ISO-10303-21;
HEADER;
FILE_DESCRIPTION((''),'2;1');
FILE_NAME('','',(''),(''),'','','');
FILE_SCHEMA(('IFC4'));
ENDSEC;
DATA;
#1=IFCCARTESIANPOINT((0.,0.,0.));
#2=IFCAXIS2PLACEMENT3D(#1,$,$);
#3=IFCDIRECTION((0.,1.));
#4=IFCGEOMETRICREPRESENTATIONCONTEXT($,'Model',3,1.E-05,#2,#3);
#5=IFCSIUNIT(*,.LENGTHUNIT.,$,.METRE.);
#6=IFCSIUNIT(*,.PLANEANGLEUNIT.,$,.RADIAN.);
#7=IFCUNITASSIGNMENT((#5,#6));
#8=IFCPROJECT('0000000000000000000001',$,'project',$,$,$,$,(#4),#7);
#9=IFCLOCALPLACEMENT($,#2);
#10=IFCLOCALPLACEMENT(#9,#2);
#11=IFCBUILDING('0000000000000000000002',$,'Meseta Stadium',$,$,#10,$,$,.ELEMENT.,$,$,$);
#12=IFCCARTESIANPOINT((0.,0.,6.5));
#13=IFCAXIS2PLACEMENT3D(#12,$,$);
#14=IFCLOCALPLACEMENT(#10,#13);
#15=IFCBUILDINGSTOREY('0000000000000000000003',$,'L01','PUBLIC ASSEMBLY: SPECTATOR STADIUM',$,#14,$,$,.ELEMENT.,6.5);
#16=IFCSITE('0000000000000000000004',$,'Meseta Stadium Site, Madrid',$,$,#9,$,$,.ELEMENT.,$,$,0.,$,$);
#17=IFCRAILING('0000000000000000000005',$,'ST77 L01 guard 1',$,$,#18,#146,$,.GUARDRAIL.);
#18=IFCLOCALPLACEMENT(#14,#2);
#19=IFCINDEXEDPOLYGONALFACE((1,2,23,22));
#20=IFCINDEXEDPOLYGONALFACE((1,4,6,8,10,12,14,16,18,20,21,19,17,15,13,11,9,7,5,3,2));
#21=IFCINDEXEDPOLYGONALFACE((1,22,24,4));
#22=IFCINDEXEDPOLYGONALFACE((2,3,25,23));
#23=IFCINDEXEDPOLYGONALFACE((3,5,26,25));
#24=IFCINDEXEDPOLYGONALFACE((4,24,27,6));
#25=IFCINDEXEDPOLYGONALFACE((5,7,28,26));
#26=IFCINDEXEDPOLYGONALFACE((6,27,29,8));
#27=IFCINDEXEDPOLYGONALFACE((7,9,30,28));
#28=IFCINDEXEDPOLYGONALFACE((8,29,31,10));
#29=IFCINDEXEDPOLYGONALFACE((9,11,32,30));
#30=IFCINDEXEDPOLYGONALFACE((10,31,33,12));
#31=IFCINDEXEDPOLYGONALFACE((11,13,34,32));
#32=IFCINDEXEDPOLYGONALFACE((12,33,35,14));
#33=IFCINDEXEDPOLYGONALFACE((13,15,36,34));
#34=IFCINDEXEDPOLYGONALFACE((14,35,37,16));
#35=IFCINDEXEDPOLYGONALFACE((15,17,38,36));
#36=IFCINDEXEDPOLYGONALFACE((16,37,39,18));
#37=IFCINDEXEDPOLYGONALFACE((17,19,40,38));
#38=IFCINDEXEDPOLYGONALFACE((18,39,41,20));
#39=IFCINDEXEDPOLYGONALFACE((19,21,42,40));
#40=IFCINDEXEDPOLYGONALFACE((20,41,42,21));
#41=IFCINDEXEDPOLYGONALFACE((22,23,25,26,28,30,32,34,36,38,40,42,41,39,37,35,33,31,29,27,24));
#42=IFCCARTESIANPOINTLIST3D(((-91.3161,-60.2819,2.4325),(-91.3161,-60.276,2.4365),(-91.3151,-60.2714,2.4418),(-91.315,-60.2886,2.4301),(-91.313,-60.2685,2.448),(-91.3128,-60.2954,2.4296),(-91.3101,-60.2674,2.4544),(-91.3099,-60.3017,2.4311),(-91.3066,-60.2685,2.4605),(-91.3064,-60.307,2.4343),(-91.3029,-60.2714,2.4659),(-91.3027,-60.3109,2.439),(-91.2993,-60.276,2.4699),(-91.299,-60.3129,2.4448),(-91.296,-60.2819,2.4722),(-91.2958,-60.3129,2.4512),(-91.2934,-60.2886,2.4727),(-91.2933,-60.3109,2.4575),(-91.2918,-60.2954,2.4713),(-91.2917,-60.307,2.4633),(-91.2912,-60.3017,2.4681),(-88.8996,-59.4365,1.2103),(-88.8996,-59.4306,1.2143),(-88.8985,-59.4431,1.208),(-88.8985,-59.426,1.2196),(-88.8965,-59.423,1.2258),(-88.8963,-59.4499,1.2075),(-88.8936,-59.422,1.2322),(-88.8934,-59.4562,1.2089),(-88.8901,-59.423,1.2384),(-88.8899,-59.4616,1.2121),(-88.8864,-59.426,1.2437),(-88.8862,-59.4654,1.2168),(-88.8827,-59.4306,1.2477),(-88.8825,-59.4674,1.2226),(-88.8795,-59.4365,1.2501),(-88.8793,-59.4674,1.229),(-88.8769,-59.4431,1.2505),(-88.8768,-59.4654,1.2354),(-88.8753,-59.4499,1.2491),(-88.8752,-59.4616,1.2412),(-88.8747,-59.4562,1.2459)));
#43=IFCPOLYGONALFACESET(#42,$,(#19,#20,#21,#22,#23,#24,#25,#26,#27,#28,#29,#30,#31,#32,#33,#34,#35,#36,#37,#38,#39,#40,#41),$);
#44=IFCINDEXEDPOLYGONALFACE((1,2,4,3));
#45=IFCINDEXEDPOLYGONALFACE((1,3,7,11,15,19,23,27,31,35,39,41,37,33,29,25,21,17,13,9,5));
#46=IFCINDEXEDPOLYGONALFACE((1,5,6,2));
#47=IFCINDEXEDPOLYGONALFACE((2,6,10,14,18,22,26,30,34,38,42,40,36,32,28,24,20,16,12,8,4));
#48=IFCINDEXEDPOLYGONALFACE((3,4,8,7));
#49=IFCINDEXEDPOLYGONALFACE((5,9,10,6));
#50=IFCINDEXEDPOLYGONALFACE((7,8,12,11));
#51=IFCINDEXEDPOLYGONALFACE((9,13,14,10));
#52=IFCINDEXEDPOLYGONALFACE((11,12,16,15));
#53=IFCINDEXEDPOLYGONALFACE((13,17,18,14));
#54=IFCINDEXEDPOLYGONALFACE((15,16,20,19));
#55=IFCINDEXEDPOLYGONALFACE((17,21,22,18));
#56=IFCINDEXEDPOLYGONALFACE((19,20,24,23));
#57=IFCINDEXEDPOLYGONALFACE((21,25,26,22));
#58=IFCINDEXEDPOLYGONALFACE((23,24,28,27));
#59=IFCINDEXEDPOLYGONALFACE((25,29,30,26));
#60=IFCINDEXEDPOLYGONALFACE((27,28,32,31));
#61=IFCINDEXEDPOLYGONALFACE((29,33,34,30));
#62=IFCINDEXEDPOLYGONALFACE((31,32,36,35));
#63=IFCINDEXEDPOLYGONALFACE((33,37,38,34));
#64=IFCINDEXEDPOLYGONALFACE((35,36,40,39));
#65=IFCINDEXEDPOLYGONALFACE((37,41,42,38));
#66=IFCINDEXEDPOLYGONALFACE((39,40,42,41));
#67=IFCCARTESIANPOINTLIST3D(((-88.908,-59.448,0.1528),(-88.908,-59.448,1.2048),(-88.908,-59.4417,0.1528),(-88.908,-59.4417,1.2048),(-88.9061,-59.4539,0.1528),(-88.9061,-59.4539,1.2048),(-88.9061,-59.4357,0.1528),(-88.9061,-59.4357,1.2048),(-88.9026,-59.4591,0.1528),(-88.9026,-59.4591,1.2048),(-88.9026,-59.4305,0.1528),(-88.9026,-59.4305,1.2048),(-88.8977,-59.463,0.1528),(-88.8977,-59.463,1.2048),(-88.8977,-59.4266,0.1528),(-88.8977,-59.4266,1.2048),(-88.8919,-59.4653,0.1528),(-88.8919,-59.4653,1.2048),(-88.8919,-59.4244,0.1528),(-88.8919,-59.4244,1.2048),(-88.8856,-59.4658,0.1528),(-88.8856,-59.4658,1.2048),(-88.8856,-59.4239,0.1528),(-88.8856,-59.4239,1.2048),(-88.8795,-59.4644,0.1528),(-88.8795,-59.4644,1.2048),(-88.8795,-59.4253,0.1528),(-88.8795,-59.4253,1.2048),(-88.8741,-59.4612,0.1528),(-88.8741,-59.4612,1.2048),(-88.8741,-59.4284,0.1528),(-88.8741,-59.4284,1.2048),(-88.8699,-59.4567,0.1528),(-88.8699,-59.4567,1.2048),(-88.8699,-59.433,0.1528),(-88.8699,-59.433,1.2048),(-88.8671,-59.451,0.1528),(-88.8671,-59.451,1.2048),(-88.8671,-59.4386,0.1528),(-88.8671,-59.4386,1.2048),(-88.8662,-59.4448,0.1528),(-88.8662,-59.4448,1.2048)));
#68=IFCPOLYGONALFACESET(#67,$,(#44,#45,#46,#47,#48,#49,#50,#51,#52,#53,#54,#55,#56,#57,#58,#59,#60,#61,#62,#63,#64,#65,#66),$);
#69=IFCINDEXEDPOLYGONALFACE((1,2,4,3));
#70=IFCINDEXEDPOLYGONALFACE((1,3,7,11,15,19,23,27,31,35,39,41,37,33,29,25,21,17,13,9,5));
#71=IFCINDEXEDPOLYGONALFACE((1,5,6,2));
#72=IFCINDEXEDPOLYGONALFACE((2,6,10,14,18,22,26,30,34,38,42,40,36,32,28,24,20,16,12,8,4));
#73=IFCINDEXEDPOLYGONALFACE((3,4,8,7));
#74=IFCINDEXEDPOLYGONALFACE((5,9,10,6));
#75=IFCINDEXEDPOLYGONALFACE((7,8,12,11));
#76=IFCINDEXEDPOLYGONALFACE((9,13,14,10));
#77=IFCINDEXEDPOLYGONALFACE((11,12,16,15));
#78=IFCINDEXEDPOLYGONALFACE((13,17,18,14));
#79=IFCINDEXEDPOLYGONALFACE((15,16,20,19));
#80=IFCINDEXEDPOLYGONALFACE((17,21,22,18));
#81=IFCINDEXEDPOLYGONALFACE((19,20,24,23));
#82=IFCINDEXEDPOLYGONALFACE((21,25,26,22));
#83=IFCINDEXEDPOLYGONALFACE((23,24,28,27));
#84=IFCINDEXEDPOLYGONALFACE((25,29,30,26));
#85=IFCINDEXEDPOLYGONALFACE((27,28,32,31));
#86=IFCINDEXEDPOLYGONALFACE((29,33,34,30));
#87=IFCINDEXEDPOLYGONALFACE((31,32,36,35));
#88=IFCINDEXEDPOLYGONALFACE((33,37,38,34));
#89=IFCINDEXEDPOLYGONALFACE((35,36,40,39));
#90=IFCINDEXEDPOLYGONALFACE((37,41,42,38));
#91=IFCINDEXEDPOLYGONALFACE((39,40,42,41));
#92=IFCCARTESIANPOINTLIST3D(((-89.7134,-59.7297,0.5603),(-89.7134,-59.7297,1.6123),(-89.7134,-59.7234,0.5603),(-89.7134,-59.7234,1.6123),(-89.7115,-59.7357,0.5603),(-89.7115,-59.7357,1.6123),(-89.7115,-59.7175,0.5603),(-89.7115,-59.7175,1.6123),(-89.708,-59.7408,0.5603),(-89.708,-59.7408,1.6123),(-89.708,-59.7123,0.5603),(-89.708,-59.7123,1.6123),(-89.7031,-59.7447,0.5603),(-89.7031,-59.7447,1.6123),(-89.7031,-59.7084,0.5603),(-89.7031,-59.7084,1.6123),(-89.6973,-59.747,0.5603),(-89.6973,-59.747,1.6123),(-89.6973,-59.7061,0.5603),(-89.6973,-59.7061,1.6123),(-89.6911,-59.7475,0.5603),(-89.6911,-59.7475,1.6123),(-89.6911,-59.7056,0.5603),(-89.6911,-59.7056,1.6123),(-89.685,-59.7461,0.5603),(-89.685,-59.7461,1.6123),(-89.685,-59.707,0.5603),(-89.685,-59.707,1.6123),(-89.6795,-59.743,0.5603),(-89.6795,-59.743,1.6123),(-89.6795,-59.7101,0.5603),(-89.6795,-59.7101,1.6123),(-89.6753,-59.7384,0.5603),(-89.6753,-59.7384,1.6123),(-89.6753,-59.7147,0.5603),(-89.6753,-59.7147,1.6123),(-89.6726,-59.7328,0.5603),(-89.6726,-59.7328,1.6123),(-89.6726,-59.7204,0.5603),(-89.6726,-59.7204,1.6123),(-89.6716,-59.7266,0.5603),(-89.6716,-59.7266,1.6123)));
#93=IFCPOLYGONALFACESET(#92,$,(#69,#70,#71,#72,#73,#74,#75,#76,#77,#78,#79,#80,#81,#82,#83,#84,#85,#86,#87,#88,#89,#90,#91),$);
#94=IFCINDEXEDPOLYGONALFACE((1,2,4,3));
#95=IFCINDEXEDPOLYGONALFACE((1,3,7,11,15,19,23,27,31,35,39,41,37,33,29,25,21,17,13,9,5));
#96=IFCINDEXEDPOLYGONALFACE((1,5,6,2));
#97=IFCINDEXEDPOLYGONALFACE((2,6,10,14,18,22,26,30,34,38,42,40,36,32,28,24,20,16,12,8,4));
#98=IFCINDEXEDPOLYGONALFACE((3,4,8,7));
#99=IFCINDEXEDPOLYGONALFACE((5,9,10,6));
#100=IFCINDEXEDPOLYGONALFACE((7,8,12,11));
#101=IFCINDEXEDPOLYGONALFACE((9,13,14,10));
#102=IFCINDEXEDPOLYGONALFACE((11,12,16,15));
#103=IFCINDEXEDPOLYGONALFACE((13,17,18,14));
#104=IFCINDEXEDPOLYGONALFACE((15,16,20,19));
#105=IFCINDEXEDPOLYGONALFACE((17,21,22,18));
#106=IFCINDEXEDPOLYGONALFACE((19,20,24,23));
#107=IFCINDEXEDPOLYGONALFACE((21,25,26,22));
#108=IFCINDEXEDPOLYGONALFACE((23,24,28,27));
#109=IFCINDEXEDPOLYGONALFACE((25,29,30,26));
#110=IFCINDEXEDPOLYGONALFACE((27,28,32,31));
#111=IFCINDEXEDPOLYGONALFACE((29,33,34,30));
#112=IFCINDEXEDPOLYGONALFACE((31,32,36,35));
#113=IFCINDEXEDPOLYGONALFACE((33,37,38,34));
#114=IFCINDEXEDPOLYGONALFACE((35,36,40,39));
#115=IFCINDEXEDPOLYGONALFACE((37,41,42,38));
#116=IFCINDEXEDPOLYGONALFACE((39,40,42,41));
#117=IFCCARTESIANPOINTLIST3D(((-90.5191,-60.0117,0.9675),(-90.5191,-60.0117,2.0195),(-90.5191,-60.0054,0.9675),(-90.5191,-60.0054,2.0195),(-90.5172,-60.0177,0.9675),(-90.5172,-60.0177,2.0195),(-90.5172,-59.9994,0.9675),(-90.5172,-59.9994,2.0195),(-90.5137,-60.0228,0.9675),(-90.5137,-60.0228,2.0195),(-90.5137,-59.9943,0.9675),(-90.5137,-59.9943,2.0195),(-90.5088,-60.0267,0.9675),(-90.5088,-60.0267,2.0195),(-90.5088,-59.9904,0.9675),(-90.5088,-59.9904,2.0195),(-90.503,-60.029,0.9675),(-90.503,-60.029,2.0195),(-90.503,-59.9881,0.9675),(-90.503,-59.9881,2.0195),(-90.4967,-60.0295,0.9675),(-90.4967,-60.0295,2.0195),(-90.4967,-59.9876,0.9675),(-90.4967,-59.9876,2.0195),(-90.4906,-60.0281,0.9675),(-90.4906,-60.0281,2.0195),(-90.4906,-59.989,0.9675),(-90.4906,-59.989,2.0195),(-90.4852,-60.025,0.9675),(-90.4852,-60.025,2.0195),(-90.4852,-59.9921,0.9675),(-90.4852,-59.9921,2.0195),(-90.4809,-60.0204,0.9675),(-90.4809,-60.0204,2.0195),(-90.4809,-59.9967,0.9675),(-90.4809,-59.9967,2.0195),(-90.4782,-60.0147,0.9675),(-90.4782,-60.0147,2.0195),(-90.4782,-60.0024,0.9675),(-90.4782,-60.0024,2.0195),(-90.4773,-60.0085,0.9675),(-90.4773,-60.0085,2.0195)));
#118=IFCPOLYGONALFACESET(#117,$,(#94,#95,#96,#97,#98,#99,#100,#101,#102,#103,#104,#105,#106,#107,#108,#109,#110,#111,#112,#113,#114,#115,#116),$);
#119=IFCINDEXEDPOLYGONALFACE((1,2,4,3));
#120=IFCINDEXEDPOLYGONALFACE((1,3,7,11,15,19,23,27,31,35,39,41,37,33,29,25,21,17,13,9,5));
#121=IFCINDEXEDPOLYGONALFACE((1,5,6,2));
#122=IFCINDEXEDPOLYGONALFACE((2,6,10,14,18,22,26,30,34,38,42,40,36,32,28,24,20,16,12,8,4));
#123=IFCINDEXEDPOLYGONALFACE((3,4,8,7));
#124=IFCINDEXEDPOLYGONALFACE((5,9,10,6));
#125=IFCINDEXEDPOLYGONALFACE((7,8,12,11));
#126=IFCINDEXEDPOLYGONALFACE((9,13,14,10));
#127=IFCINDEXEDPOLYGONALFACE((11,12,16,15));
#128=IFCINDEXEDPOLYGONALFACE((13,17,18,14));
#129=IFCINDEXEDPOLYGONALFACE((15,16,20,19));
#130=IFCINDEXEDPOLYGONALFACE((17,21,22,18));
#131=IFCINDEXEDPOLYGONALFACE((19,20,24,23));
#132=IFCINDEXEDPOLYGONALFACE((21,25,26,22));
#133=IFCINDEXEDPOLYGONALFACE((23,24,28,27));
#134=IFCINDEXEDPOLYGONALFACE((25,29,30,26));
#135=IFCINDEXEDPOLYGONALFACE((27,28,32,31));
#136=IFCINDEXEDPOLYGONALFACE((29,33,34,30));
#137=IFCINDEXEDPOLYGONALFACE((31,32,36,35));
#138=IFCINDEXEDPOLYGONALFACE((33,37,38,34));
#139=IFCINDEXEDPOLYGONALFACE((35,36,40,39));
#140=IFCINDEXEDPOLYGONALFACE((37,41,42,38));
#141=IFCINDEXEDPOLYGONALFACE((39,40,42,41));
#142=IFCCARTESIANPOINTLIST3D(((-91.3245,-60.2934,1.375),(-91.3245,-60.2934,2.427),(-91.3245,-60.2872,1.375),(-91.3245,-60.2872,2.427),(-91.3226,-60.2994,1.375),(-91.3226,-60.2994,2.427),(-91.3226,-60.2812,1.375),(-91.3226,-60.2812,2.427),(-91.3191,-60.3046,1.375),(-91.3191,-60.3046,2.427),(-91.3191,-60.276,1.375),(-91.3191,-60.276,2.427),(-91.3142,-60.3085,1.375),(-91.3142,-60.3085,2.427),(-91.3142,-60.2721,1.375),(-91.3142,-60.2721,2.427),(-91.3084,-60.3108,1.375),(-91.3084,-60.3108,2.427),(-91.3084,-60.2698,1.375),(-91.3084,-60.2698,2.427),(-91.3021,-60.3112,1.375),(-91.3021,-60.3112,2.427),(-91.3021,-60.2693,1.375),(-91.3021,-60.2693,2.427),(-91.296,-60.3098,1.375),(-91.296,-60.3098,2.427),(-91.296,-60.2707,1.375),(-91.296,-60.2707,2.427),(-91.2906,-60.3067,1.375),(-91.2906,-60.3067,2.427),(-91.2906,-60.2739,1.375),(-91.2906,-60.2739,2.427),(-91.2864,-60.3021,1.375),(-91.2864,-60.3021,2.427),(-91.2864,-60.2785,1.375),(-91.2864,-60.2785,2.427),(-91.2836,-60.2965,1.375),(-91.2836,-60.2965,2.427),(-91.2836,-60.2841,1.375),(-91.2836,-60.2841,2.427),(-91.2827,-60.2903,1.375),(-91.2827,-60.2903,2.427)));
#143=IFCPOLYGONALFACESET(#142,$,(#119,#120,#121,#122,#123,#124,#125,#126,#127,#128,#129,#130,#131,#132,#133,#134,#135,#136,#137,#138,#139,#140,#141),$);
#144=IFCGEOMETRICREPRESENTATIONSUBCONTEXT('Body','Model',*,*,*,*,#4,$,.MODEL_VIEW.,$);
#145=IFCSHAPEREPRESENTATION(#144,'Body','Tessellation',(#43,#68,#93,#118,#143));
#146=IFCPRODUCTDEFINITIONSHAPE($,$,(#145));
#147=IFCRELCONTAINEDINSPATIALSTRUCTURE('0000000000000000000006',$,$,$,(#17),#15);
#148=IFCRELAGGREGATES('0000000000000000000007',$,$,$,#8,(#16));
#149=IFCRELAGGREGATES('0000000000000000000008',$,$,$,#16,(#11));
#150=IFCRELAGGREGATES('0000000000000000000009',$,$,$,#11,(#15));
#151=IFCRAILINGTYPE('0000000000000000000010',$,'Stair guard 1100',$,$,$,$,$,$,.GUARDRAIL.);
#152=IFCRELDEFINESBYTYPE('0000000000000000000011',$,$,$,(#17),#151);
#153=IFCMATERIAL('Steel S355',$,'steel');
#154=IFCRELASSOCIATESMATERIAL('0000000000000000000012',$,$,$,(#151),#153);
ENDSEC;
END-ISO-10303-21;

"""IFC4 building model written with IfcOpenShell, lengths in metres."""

from ifc_helpers import new_model, si_unit, direction, frame, origin, origin_2d, place, context, subcontext, project, spatial, circle, extrude, material, type_object, element, save


model = new_model("IFC4")

# Units and contexts
model_context = context("Model", 3, precision=1e-05, world=origin(), true_north=direction((0.0, 1.0)))
body_context = subcontext(model_context, "Body", "Model", "MODEL_VIEW")
ifc_project = project(units=[si_unit("LENGTHUNIT", "METRE"), si_unit("PLANEANGLEUNIT", "RADIAN")], contexts=[model_context])

# Site, building, storey
site_placement = place(None, origin())
site = spatial("IfcSite", under=ifc_project, at=site_placement, Name="Meseta Stadium Site, Madrid", CompositionType="ELEMENT", RefElevation=0.0)
building_placement = place(site_placement, origin())
building = spatial("IfcBuilding", under=site, at=building_placement, Name="Meseta Stadium", CompositionType="ELEMENT")
storey_placement = place(building_placement, frame((0.0, 0.0, 6.5)))
storey = spatial("IfcBuildingStorey", under=building, at=storey_placement, Name="L01", Description="PUBLIC ASSEMBLY: SPECTATOR STADIUM", CompositionType="ELEMENT", Elevation=6.5)

# Railing
ifc_material_1 = material(Name="Steel S355", Category="steel")
railing_type_1 = type_object("IfcRailingType", Name="Stair guard 1100", PredefinedType="GUARDRAIL", material=ifc_material_1)
for number, where, name in (
    (1, (-88.8872, -59.4448, 0.1528), "ST77 L01 guard 1"),
):
    element("IfcRailing", number, at=place(storey_placement, frame(where)), inside=storey, type_object=railing_type_1, Name=name, PredefinedType="GUARDRAIL", context=body_context, shape_type="SweptSolid", body=[
        extrude(circle(Radius=0.0239, at=origin_2d()), frame((0.0, 0.0, 1.0762), z_axis=(-0.851812, -0.298022, 0.430811), x_axis=(0.33024, -0.943897, 0.0)), (0.0, 0.0, 1.0), 2.8369),
        extrude(circle(Radius=0.021, at=origin_2d()), origin(), (0.0, 0.0, 1.0), 1.052),
        extrude(circle(Radius=0.021, at=origin_2d()), frame((-0.8054, -0.2817, 0.4075)), (0.0, 0.0, 1.0), 1.052),
        extrude(circle(Radius=0.021, at=origin_2d()), frame((-1.6111, -0.5637, 0.8147)), (0.0, 0.0, 1.0), 1.052),
        extrude(circle(Radius=0.021, at=origin_2d()), frame((-2.4165, -0.8455, 1.2222)), (0.0, 0.0, 1.0), 1.052),
    ])

save(model, "model.ifc")
